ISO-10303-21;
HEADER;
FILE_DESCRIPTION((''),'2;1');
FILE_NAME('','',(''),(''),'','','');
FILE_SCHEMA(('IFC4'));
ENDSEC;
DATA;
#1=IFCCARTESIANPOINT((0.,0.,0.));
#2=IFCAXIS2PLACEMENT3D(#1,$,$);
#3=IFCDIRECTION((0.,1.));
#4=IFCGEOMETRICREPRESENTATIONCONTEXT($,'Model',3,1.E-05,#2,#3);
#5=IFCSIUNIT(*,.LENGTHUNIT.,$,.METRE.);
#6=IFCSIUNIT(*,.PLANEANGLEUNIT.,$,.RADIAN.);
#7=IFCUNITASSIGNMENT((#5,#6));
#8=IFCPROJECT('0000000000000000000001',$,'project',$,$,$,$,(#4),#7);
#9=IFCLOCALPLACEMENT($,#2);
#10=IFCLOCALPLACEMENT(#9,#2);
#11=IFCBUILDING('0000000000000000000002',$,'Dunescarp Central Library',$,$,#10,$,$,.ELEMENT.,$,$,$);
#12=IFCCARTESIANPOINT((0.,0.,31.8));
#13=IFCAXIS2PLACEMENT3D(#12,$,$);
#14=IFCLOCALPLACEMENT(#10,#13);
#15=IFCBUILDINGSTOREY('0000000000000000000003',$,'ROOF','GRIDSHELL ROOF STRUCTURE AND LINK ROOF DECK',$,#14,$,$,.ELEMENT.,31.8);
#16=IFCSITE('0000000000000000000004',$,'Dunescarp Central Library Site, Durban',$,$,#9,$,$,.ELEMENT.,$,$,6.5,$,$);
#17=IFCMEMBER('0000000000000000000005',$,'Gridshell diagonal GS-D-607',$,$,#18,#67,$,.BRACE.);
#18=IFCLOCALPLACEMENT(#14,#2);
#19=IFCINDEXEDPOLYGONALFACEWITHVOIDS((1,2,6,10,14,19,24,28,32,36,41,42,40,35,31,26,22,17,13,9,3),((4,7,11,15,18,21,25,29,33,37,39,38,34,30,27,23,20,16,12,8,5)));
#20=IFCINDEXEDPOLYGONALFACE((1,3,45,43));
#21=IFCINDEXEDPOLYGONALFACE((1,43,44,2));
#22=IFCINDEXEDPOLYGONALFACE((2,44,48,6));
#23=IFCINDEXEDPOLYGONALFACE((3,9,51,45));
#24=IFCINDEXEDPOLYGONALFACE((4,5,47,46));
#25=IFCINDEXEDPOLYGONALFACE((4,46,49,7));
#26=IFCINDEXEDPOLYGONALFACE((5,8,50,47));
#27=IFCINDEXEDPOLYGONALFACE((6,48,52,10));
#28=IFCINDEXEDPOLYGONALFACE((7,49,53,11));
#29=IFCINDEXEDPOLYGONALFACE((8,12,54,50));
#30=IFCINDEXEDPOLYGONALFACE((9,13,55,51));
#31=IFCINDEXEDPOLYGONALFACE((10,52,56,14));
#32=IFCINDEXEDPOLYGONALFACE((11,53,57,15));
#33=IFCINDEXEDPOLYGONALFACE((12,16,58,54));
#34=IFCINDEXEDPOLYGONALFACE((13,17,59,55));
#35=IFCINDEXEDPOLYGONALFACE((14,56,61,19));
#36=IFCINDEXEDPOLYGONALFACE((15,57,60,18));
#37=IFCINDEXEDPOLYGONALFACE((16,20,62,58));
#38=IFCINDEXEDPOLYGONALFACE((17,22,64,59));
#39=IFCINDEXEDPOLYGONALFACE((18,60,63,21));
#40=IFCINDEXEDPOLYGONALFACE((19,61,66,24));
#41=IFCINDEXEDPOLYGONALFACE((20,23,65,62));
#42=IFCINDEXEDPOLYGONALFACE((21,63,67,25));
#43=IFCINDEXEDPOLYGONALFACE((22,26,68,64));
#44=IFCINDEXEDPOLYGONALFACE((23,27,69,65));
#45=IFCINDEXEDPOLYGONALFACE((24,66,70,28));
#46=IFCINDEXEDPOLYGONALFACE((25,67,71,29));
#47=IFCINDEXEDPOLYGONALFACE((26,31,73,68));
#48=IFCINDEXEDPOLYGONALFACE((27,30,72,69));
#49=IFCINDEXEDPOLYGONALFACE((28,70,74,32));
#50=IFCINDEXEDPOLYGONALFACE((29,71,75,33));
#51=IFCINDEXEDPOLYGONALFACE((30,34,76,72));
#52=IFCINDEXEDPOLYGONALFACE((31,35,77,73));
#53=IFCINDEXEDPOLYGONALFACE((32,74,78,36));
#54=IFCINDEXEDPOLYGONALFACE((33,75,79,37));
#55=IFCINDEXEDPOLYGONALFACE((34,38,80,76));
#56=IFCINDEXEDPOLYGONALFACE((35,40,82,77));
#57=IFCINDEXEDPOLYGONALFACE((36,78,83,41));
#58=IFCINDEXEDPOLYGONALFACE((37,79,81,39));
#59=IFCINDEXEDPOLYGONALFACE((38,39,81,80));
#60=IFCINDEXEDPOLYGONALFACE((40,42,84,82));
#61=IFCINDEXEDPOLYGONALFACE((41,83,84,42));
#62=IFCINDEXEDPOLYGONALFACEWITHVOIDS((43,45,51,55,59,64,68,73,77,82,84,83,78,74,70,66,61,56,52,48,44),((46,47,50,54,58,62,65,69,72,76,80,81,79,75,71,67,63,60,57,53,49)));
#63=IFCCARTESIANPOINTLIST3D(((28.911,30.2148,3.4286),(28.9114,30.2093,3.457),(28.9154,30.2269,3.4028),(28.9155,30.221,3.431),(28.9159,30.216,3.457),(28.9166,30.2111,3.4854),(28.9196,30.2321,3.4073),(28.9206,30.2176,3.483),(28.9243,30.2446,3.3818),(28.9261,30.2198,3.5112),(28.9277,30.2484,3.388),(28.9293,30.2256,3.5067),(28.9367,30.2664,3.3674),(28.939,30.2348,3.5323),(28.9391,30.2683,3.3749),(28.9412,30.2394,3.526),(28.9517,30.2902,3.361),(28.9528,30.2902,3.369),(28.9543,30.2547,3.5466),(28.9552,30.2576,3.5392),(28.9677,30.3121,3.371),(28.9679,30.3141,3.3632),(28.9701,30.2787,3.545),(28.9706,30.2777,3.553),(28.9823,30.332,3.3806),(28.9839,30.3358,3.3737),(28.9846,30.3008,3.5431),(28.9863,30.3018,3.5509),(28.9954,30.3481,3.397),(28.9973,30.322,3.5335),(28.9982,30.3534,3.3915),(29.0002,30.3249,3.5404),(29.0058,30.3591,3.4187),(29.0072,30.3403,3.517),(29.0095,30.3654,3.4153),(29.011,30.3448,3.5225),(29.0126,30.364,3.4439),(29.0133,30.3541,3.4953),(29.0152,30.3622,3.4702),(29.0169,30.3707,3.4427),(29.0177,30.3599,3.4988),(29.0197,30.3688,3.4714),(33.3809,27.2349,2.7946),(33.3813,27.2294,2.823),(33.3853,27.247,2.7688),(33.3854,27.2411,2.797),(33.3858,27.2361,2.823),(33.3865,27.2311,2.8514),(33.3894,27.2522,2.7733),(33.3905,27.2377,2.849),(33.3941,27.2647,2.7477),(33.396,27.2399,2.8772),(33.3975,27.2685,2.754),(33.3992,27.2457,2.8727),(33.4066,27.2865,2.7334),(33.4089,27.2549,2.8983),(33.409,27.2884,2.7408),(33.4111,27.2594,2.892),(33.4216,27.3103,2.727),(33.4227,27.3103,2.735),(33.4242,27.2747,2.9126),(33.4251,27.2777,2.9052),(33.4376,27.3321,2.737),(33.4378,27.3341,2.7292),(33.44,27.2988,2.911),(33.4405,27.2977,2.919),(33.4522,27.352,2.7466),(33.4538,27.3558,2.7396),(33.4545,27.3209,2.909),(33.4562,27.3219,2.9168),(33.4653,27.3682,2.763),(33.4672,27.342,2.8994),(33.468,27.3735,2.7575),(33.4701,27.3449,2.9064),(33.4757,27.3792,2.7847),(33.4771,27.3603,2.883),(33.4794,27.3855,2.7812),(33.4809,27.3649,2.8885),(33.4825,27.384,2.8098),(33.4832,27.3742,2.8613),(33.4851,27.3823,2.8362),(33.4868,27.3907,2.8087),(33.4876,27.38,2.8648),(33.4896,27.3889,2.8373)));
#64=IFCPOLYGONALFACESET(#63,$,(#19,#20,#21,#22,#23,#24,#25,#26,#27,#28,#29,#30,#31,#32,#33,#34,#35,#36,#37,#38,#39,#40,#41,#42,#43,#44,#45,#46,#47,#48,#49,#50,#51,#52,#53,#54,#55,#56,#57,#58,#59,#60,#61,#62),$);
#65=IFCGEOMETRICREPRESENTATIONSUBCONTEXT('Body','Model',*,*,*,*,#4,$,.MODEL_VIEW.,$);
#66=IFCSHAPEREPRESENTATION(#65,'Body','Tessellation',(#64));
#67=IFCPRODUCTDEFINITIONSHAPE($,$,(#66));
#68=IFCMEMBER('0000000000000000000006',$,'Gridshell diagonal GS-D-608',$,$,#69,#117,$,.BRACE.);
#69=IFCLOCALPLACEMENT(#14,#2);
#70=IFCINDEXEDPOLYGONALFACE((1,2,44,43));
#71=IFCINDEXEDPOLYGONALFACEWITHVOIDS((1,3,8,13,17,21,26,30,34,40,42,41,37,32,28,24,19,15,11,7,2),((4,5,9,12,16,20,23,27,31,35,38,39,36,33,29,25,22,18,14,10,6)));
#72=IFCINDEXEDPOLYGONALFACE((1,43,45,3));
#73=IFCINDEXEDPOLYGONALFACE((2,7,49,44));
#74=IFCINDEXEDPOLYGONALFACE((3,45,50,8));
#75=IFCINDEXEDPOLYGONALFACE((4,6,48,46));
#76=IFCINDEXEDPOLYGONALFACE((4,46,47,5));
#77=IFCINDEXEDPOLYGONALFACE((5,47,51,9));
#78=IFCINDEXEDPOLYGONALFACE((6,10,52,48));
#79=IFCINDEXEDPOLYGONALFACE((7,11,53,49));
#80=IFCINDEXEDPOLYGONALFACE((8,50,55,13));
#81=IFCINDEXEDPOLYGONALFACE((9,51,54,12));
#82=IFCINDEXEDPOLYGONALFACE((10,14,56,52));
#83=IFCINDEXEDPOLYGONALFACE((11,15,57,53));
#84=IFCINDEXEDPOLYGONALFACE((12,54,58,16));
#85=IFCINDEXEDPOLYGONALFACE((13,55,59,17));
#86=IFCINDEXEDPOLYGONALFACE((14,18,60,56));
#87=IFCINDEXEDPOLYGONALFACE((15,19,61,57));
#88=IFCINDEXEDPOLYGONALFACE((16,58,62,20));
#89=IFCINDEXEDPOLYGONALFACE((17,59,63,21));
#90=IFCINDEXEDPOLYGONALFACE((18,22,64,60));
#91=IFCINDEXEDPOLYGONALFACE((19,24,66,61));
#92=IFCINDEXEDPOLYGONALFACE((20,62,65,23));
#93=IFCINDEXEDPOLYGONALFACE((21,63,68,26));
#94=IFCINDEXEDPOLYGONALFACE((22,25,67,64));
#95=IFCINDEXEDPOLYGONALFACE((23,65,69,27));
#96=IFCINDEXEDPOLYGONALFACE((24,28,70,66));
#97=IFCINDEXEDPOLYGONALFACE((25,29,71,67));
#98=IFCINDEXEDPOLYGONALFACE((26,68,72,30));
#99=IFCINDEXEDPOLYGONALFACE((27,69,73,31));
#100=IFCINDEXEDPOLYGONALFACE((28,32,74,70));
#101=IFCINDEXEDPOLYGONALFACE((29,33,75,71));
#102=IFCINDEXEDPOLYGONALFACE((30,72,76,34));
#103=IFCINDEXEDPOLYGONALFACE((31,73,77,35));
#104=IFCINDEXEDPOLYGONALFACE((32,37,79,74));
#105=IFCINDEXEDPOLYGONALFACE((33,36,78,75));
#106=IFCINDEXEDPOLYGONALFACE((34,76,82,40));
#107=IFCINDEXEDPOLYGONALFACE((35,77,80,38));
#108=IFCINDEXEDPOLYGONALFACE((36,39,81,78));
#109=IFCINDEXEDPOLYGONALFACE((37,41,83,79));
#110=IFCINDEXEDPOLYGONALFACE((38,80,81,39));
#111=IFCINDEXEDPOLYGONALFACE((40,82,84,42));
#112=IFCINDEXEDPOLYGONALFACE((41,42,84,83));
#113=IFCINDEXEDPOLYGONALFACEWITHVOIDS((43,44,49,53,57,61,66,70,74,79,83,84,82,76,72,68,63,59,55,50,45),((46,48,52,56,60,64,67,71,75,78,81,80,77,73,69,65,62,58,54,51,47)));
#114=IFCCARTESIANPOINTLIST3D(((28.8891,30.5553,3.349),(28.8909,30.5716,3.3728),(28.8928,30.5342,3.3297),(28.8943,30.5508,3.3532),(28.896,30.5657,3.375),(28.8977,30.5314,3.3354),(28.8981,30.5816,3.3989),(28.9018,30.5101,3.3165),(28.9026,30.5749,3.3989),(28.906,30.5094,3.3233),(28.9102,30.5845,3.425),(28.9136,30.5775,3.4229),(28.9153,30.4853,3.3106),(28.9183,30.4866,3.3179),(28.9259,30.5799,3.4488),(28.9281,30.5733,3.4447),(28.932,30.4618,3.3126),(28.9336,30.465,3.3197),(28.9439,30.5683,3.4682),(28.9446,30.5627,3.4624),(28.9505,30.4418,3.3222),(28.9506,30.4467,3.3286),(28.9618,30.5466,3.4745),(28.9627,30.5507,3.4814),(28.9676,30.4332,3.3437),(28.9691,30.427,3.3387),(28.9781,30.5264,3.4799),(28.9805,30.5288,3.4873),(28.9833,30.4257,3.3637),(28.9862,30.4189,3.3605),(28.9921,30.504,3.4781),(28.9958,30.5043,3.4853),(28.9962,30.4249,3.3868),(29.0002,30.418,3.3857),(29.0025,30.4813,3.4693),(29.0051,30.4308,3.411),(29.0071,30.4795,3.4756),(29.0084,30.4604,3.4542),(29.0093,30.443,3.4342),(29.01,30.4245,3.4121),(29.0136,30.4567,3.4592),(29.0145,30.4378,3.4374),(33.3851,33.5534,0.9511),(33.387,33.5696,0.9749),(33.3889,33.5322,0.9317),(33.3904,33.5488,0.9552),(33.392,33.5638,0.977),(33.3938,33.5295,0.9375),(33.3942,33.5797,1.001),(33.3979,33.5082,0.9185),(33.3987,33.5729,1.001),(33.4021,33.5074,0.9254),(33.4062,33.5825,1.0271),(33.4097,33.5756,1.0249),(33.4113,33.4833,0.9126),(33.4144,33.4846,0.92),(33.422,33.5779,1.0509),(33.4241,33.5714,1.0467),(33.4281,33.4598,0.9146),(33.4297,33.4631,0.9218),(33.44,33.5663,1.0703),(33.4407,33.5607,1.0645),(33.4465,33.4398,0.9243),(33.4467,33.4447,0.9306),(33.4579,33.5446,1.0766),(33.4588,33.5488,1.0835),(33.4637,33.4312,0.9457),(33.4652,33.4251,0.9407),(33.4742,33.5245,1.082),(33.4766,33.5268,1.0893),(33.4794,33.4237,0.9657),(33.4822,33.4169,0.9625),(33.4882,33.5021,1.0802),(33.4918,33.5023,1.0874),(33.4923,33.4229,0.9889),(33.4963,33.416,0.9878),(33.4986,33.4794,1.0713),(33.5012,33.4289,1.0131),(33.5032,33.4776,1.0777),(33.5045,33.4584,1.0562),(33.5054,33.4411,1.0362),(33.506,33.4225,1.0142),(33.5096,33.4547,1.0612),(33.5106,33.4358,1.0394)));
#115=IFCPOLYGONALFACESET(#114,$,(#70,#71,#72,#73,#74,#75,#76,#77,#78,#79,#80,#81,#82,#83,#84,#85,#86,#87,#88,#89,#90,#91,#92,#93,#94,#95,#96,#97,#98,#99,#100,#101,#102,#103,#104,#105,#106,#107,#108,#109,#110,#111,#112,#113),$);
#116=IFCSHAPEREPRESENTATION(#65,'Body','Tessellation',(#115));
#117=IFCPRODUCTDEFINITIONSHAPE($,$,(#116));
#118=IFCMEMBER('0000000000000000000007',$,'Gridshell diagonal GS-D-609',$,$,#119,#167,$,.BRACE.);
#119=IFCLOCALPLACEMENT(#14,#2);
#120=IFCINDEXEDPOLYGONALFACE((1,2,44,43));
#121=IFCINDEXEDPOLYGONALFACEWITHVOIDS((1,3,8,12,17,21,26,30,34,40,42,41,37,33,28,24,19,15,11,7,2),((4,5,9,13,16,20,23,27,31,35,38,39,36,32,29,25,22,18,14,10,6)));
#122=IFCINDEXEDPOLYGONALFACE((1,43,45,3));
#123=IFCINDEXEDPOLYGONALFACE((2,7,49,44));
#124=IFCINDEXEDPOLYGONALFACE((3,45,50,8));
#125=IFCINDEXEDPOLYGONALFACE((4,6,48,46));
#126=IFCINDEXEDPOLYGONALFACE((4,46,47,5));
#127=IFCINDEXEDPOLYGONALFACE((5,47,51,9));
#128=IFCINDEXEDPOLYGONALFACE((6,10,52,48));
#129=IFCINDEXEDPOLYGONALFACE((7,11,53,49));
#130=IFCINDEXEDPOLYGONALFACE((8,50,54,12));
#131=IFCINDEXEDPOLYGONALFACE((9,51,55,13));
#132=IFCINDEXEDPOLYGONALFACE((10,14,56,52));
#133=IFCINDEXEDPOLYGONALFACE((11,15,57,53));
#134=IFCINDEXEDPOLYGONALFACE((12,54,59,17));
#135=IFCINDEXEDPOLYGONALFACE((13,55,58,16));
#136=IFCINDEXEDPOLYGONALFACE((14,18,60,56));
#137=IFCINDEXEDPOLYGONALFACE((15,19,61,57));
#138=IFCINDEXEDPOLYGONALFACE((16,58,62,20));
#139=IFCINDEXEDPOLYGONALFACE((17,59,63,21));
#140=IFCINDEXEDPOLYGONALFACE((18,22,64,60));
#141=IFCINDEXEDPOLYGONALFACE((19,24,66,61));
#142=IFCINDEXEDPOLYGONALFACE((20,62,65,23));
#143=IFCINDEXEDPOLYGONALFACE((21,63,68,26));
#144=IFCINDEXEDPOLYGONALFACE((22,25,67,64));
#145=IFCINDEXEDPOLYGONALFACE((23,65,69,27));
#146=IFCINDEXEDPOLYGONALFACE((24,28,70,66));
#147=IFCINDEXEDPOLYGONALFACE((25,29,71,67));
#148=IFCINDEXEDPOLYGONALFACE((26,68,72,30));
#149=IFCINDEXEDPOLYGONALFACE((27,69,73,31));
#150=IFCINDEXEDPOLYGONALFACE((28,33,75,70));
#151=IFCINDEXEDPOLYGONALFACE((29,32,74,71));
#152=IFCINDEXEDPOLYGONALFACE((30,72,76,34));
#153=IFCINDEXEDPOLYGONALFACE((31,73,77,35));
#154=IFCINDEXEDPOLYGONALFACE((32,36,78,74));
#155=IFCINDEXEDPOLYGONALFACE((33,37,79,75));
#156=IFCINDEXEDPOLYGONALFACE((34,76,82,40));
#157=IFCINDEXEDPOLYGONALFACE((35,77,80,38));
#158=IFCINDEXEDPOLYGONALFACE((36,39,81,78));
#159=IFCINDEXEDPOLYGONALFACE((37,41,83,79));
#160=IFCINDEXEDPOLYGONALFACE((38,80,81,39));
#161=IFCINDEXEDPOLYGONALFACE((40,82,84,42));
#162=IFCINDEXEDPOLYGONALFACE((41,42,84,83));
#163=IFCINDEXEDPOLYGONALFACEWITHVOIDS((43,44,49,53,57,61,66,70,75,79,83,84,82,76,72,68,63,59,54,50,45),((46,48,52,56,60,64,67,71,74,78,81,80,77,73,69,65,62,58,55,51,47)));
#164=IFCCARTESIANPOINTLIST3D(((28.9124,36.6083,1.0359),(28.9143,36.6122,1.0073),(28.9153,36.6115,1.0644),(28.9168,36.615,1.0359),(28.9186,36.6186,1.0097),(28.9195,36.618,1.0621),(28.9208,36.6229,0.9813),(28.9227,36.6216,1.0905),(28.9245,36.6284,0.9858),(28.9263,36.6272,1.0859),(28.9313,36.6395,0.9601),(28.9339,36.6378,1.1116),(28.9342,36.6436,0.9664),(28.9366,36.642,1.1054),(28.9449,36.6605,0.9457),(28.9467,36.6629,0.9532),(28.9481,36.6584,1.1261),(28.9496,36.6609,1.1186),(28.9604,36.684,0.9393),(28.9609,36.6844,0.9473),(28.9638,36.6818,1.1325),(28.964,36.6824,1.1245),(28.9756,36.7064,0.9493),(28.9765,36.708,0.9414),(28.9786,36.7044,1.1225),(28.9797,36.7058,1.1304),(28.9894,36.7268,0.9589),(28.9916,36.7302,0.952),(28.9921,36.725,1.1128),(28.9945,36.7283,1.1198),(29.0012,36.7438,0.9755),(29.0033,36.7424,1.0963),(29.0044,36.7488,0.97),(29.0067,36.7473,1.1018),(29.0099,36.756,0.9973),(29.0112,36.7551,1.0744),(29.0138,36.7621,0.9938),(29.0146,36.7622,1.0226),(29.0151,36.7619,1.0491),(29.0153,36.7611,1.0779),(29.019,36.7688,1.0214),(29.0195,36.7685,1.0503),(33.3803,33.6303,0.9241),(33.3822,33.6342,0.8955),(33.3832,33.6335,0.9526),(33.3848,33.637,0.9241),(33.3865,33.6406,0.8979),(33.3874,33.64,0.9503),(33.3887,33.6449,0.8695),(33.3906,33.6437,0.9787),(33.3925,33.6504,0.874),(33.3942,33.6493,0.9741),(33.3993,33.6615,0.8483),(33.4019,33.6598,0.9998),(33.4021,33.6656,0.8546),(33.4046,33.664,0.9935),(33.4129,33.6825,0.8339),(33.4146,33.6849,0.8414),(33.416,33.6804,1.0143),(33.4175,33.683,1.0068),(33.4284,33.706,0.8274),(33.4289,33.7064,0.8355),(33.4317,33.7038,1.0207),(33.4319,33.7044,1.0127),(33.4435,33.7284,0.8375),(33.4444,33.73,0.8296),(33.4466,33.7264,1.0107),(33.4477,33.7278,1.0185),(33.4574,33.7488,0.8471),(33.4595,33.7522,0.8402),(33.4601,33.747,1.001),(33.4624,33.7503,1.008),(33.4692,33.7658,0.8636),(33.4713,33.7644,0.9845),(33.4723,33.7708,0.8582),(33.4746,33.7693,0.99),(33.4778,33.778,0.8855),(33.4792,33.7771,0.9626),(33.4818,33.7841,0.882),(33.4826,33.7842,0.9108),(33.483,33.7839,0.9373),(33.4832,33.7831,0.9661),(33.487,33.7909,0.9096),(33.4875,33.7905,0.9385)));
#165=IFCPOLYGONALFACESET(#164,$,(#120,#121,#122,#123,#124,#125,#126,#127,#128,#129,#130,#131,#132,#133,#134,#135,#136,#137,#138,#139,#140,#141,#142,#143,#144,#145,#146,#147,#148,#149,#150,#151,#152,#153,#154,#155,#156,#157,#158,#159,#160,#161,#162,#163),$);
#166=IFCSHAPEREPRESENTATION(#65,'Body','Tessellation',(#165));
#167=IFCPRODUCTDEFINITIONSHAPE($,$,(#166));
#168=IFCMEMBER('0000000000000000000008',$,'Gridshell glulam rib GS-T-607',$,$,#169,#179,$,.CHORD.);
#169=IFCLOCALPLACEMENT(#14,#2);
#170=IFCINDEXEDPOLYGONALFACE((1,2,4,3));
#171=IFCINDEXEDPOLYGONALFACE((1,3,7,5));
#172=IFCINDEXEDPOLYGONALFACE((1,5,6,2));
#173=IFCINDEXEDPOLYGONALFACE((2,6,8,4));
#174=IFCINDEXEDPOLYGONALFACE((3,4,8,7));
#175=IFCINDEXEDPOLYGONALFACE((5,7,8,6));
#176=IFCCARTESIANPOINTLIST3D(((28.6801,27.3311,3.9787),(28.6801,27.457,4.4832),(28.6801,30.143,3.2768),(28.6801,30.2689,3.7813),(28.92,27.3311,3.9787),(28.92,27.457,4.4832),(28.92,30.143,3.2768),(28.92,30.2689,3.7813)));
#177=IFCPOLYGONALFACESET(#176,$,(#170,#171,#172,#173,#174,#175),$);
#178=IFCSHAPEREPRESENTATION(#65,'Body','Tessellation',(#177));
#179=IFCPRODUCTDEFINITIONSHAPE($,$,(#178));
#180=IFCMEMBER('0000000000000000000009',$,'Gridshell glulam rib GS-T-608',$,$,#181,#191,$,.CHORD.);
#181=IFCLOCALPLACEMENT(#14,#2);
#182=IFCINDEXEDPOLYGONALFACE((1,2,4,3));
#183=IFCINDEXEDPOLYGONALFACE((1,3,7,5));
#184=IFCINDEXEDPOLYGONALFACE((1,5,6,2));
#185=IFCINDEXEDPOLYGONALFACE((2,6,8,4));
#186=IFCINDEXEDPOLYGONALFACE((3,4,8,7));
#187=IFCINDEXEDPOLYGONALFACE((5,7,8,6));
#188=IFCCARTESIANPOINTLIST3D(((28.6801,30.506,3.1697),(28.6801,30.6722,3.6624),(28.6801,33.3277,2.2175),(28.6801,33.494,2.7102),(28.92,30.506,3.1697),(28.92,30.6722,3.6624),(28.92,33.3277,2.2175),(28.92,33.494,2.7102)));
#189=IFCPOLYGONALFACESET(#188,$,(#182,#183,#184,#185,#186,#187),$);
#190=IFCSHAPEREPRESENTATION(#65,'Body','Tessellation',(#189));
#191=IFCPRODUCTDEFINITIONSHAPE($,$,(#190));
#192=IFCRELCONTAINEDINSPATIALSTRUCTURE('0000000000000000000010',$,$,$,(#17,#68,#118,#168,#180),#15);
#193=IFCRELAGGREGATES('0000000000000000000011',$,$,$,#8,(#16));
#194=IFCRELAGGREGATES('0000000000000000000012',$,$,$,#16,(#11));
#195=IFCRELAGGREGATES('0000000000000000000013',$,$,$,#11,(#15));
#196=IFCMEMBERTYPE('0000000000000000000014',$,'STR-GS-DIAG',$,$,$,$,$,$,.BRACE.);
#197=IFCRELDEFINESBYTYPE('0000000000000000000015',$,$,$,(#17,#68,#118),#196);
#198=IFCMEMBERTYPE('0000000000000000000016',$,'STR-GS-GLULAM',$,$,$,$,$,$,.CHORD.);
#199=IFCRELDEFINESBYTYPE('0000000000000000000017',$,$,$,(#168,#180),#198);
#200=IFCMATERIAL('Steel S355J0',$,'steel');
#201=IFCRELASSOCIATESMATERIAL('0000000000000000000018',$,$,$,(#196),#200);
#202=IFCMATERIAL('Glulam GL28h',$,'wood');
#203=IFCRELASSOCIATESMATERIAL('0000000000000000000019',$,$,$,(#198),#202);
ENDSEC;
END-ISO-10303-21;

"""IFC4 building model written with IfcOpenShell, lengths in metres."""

from ifc_helpers import new_model, si_unit, direction, frame, origin, origin_2d, place, context, subcontext, project, spatial, rectangle, hollow_circle, extrude, material, material_profile, profile_set, type_object, element, save


model = new_model("IFC4")

# Units and contexts
model_context = context("Model", 3, precision=1e-05, world=origin(), true_north=direction((0.0, 1.0)))
body_context = subcontext(model_context, "Body", "Model", "MODEL_VIEW")
ifc_project = project(units=[si_unit("LENGTHUNIT", "METRE"), si_unit("PLANEANGLEUNIT", "RADIAN")], contexts=[model_context])

# Site, building, storey
site_placement = place(None, origin())
site = spatial("IfcSite", under=ifc_project, at=site_placement, Name="Dunescarp Central Library Site, Durban", CompositionType="ELEMENT", RefElevation=6.5)
building_placement = place(site_placement, origin())
building = spatial("IfcBuilding", under=site, at=building_placement, Name="Dunescarp Central Library", CompositionType="ELEMENT")
storey_placement = place(building_placement, frame((0.0, 0.0, 31.8)))
storey = spatial("IfcBuildingStorey", under=building, at=storey_placement, Name="ROOF", Description="GRIDSHELL ROOF STRUCTURE AND LINK ROOF DECK", CompositionType="ELEMENT", Elevation=31.8)

# Members
ifc_material_1 = material(Name="Steel S355J0", Category="steel")
ifc_material_profile_1 = material_profile(ifc_material_1, hollow_circle(Radius=0.0969, WallThickness=0.0081, at=origin_2d()), Name="CHS 193.7x8")
ifc_profile_set_1 = profile_set([ifc_material_profile_1], Name="Steel S355J0")
member_type_1 = type_object("IfcMemberType", Name="STR-GS-DIAG", PredefinedType="BRACE", material=ifc_profile_set_1)
member_1_placement = place(storey_placement, frame((33.4351, 27.3101, 2.823), z_axis=(-0.826315, 0.550877, 0.117207), x_axis=(-0.5547, -0.83205, 0.0)))
element("IfcMember", 1, at=member_1_placement, inside=storey, type_object=member_type_1, Name="Gridshell diagonal GS-D-607", PredefinedType="BRACE", context=body_context, shape_type="SweptSolid", body=[
    extrude(hollow_circle(Radius=0.0969, WallThickness=0.0081, at=origin_2d()), origin(), (0.0, 0.0, 1.0), 5.4094),
])
member_2_placement = place(storey_placement, frame((28.9519, 30.501, 3.3989), z_axis=(0.760486, 0.507101, -0.405598), x_axis=(-0.554784, 0.831995, 0.0)))
element("IfcMember", 2, at=member_2_placement, inside=storey, type_object=member_type_1, Name="Gridshell diagonal GS-D-608", PredefinedType="BRACE", context=body_context, shape_type="SweptSolid", body=[
    extrude(hollow_circle(Radius=0.0969, WallThickness=0.0081, at=origin_2d()), origin(), (0.0, 0.0, 1.0), 5.9121),
])
member_3_placement = place(storey_placement, frame((33.4341, 33.7109, 0.9241), z_axis=(-0.831926, 0.554496, 0.02082), x_axis=(-0.554616, -0.832106, 0.0)))
element("IfcMember", 3, at=member_3_placement, inside=storey, type_object=member_type_1, Name="Gridshell diagonal GS-D-609", PredefinedType="BRACE", context=body_context, shape_type="SweptSolid", body=[
    extrude(hollow_circle(Radius=0.0969, WallThickness=0.0081, at=origin_2d()), origin(), (0.0, 0.0, 1.0), 5.3706),
])
ifc_material_2 = material(Name="Glulam GL28h", Category="wood")
ifc_material_profile_2 = material_profile(ifc_material_2, rectangle(XDim=0.24, YDim=0.52, at=origin_2d()), Name="GL28h 240x520")
ifc_profile_set_2 = profile_set([ifc_material_profile_2], Name="Glulam GL28h")
member_type_2 = type_object("IfcMemberType", Name="STR-GS-GLULAM", PredefinedType="CHORD", material=ifc_profile_set_2)
member_4_placement = place(storey_placement, frame((28.8, 27.394, 4.231), z_axis=(0.0, 0.970232, -0.242179), x_axis=(-1.0, 0.0, 0.0)))
element("IfcMember", 4, at=member_4_placement, inside=storey, type_object=member_type_2, Name="Gridshell glulam rib GS-T-607", PredefinedType="CHORD", context=body_context, shape_type="SweptSolid", body=[
    extrude(rectangle(XDim=0.24, YDim=0.52, at=origin_2d()), origin(), (0.0, 0.0, 1.0), 2.8982),
])
member_5_placement = place(storey_placement, frame((28.8, 30.5891, 3.416), z_axis=(0.0, 0.947513, -0.319718), x_axis=(-1.0, 0.0, 0.0)))
element("IfcMember", 5, at=member_5_placement, inside=storey, type_object=member_type_2, Name="Gridshell glulam rib GS-T-608", PredefinedType="CHORD", context=body_context, shape_type="SweptSolid", body=[
    extrude(rectangle(XDim=0.24, YDim=0.52, at=origin_2d()), origin(), (0.0, 0.0, 1.0), 2.978),
])

save(model, "model.ifc")
